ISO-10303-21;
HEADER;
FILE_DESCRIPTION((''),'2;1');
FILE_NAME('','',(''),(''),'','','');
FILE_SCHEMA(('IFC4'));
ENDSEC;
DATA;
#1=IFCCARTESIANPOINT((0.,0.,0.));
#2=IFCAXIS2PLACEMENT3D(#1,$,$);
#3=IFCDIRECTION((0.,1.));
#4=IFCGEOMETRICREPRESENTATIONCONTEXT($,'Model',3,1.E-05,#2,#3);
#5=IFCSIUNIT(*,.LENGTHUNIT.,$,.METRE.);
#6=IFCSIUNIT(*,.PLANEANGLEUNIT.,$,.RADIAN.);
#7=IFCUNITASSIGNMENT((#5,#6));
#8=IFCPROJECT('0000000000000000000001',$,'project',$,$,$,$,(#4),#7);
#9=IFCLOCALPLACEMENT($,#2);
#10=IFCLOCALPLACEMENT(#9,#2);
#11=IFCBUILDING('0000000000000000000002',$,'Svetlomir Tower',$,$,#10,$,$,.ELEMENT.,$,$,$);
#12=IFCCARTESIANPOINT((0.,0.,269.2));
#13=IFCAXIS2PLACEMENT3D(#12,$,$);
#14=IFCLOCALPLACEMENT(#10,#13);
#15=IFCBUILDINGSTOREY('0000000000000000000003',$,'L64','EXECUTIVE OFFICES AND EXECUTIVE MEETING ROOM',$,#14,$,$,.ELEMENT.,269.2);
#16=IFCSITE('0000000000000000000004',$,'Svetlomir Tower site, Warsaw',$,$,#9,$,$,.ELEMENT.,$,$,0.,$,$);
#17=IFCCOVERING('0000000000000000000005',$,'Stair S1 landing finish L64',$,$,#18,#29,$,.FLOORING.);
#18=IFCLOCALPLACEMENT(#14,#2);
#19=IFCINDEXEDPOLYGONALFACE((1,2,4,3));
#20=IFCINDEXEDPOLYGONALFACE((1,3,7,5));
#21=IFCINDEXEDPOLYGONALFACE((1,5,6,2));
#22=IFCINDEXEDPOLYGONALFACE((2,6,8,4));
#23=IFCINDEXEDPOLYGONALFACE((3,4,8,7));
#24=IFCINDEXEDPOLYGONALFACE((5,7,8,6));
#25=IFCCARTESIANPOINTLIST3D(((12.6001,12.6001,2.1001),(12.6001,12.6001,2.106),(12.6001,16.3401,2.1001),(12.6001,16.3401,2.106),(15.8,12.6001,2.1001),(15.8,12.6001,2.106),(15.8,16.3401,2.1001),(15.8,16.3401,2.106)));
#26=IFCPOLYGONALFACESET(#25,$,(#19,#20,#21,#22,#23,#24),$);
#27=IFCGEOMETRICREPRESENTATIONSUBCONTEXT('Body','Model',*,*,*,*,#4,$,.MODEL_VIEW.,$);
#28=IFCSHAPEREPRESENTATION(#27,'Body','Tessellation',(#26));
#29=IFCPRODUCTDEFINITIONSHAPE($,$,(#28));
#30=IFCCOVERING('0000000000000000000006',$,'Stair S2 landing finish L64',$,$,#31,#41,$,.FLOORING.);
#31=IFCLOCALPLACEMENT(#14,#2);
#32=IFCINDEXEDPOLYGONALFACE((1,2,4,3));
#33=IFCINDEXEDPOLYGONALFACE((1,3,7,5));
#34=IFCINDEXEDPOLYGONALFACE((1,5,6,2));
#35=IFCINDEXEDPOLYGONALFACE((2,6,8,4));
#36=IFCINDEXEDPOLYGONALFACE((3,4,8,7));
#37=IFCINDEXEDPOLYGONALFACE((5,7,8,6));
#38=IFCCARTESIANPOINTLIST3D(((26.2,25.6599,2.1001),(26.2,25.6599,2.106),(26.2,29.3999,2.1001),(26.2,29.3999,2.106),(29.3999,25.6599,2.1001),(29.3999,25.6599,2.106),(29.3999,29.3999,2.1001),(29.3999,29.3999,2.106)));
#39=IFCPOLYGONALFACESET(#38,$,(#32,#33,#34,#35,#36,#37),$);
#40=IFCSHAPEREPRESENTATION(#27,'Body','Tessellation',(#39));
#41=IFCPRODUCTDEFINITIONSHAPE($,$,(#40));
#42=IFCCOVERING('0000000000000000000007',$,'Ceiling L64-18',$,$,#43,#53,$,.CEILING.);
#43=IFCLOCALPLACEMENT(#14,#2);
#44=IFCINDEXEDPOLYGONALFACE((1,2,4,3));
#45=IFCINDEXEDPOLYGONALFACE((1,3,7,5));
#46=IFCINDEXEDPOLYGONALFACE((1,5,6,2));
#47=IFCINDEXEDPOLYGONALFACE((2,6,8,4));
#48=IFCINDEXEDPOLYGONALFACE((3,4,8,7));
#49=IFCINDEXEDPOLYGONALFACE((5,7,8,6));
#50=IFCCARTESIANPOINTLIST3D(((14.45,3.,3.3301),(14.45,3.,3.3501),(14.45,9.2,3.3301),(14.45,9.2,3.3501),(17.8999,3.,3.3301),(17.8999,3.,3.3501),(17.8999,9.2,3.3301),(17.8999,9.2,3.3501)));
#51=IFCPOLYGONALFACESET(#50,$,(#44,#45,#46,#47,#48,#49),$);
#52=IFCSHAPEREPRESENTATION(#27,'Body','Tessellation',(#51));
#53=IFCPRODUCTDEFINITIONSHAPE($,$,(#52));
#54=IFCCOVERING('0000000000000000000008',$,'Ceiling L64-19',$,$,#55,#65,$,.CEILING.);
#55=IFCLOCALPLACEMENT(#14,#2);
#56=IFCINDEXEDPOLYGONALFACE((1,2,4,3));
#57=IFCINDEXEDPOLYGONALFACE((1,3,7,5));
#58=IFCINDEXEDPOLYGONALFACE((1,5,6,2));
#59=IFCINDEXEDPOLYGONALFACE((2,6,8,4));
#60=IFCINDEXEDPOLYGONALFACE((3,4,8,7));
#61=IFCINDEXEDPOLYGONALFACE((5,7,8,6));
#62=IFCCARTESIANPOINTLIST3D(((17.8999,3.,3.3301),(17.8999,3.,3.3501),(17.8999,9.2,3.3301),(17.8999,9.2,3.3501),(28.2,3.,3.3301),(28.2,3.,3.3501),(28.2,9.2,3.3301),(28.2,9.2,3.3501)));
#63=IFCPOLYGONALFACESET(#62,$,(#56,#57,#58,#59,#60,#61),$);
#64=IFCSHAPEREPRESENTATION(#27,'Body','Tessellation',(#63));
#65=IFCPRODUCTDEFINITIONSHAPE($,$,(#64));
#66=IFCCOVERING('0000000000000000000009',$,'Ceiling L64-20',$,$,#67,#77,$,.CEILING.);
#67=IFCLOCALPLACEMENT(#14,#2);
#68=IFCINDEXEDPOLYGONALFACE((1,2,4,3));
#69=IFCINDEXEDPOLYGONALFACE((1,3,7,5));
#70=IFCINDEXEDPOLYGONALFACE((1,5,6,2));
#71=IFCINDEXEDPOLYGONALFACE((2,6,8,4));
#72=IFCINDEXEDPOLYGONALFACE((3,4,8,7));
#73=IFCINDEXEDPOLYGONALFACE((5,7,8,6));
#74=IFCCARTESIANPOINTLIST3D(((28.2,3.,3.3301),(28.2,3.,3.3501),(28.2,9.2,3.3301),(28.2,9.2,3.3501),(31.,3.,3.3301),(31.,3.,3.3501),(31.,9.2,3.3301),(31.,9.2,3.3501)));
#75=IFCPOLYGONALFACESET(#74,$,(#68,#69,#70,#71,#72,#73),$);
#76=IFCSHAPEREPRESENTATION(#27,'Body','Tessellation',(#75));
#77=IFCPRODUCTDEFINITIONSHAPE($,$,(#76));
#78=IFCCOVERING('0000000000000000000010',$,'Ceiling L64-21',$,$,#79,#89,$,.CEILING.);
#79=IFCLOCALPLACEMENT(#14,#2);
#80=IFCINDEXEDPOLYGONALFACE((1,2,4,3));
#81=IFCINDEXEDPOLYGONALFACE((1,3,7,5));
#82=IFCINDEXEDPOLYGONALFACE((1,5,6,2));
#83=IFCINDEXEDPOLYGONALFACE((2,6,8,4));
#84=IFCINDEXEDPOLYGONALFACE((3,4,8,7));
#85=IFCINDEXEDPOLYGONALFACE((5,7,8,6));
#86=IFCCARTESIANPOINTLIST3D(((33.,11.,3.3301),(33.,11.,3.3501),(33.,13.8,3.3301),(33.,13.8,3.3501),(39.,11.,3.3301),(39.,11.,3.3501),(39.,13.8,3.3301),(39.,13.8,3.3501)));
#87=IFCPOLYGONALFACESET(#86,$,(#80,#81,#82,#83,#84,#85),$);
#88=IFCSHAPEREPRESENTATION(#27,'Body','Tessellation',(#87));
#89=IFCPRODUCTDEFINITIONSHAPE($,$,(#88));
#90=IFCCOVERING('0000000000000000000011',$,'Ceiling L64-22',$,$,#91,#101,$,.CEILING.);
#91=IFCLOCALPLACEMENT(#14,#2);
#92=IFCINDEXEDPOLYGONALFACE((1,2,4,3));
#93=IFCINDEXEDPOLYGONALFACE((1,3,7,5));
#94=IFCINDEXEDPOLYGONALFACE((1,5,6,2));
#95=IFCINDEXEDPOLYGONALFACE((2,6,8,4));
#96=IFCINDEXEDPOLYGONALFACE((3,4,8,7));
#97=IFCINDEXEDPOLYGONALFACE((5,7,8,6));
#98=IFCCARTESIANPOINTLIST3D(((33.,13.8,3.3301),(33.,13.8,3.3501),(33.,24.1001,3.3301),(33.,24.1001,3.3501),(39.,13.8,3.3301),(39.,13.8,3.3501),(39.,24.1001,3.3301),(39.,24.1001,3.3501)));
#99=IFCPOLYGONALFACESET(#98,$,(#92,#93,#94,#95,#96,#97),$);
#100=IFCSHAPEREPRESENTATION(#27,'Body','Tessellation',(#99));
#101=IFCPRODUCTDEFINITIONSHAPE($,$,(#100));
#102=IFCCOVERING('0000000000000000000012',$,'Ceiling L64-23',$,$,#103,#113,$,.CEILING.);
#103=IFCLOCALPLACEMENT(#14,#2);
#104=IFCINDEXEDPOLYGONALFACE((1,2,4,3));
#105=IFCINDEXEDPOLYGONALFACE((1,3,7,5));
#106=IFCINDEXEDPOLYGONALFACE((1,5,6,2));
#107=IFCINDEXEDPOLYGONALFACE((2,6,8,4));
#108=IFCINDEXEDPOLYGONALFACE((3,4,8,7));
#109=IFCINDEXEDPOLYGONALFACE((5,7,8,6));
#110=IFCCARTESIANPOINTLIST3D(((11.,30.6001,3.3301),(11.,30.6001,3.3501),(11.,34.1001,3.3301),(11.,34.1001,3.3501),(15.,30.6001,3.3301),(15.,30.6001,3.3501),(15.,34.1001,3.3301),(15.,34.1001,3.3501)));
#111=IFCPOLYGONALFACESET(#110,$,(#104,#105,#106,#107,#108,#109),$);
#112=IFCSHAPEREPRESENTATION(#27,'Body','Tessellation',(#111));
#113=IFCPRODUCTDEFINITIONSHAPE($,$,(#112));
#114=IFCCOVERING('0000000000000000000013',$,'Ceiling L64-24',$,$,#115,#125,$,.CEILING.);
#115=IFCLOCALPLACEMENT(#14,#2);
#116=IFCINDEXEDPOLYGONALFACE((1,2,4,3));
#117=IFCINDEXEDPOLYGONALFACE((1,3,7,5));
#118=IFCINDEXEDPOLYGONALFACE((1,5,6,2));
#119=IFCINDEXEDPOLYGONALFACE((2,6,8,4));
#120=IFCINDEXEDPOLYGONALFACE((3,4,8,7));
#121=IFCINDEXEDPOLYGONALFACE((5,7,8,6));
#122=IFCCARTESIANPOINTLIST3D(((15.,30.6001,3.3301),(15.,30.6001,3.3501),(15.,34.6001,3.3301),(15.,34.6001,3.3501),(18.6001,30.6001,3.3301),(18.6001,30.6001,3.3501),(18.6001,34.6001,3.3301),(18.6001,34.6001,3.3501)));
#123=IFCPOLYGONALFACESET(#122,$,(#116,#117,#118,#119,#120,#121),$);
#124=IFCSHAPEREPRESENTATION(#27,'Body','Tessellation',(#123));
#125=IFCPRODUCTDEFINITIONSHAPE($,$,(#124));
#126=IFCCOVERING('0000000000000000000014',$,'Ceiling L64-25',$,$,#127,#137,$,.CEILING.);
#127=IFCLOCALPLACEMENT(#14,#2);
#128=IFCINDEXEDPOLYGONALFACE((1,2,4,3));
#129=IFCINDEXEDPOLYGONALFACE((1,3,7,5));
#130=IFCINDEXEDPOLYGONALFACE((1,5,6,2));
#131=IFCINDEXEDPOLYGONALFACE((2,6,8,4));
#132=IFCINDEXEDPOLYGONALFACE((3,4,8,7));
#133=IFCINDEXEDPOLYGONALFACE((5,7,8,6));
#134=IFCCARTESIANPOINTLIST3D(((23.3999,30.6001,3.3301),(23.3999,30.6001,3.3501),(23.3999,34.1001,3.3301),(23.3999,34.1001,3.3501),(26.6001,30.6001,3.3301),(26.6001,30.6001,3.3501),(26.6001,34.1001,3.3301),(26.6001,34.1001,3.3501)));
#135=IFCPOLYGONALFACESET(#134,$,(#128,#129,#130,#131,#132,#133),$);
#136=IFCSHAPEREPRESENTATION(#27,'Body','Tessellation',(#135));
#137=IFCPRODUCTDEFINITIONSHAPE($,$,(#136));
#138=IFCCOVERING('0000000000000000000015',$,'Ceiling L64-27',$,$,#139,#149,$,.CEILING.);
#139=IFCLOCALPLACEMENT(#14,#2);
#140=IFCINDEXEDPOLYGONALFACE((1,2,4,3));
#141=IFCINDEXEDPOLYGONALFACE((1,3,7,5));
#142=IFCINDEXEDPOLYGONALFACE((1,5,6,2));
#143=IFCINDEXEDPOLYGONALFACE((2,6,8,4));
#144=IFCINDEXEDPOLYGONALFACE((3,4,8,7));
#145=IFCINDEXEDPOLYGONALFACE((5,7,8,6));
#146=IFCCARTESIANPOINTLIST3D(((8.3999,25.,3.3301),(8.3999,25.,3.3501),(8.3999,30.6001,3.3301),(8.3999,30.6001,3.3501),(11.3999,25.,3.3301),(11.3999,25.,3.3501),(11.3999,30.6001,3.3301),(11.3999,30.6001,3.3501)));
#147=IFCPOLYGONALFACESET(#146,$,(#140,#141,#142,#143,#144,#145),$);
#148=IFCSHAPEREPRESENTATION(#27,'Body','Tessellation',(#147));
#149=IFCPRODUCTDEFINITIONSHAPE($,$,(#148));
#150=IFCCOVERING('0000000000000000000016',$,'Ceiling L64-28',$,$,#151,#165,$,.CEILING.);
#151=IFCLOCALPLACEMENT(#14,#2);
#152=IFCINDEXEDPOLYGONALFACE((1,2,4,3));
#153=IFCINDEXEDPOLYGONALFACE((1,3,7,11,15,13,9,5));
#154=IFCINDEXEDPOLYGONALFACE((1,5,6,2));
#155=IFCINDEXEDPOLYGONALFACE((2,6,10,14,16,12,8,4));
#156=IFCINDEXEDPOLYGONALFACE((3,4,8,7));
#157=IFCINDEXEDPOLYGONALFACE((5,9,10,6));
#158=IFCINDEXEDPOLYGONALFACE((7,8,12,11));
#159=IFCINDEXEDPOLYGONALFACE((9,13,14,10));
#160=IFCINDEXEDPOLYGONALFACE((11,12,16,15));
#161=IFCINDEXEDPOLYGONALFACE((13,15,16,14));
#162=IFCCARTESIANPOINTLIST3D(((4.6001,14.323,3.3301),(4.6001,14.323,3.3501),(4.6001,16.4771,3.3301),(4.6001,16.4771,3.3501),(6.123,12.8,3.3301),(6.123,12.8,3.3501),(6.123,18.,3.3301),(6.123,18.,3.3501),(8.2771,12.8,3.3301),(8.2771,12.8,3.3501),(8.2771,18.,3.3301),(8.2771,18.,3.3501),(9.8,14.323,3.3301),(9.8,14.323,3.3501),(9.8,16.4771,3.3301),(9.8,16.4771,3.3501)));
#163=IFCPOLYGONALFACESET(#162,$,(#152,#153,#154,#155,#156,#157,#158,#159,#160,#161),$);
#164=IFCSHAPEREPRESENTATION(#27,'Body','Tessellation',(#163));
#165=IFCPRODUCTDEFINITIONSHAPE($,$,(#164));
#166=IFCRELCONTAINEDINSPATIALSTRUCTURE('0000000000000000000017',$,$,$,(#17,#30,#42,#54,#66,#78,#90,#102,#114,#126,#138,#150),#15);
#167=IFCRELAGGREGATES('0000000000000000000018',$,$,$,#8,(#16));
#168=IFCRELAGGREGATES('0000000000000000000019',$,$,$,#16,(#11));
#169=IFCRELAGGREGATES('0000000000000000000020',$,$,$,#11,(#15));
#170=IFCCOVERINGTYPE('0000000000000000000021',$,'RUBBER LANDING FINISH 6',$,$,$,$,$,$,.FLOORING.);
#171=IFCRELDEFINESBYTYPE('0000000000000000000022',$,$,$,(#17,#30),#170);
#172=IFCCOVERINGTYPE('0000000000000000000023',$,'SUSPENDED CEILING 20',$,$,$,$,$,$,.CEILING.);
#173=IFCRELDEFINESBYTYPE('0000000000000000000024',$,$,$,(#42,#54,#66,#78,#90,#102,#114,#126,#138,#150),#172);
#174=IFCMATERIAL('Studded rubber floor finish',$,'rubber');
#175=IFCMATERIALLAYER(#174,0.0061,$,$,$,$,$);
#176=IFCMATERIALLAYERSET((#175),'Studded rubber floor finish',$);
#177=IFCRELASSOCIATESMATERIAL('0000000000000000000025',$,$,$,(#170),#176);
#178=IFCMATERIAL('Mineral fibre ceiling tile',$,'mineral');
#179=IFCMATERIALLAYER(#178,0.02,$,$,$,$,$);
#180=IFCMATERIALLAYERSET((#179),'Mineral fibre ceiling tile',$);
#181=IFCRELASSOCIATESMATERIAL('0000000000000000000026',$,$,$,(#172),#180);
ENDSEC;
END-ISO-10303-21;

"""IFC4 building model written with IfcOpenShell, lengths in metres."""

from ifc_helpers import new_model, si_unit, direction, frame, origin, place, context, subcontext, project, spatial, polyline, outline, extrude, material, layer, layer_set, type_object, element, save


model = new_model("IFC4")

# Units and contexts
model_context = context("Model", 3, precision=1e-05, world=origin(), true_north=direction((0.0, 1.0)))
body_context = subcontext(model_context, "Body", "Model", "MODEL_VIEW")
ifc_project = project(units=[si_unit("LENGTHUNIT", "METRE"), si_unit("PLANEANGLEUNIT", "RADIAN")], contexts=[model_context])

# Site, building, storey
site_placement = place(None, origin())
site = spatial("IfcSite", under=ifc_project, at=site_placement, Name="Svetlomir Tower site, Warsaw", CompositionType="ELEMENT", RefElevation=0.0)
building_placement = place(site_placement, origin())
building = spatial("IfcBuilding", under=site, at=building_placement, Name="Svetlomir Tower", CompositionType="ELEMENT")
storey_placement = place(building_placement, frame((0.0, 0.0, 269.2)))
storey = spatial("IfcBuildingStorey", under=building, at=storey_placement, Name="L64", Description="EXECUTIVE OFFICES AND EXECUTIVE MEETING ROOM", CompositionType="ELEMENT", Elevation=269.2)

# Coverings
ifc_material_1 = material(Name="Studded rubber floor finish", Category="rubber")
ifc_layer_1 = layer(ifc_material_1, 0.0061)
ifc_layer_set_1 = layer_set([ifc_layer_1], Name="Studded rubber floor finish")
covering_type_1 = type_object("IfcCoveringType", Name="RUBBER LANDING FINISH 6", PredefinedType="FLOORING", material=ifc_layer_set_1)
covering_1_placement = place(storey_placement, frame((0.0, 0.0, 2.1001)))
element("IfcCovering", 1, at=covering_1_placement, inside=storey, type_object=covering_type_1, Name="Stair S1 landing finish L64", PredefinedType="FLOORING", context=body_context, shape_type="SweptSolid", body=[
    extrude(outline(polyline([(12.6001, 12.6001), (15.8, 12.6001), (15.8, 16.3401), (12.6001, 16.3401), (12.6001, 12.6001)])), origin(), (0.0, 0.0, 1.0), 0.0059),
])
covering_2_placement = place(storey_placement, frame((0.0, 0.0, 2.1001)))
element("IfcCovering", 2, at=covering_2_placement, inside=storey, type_object=covering_type_1, Name="Stair S2 landing finish L64", PredefinedType="FLOORING", context=body_context, shape_type="SweptSolid", body=[
    extrude(outline(polyline([(26.2, 25.6599), (29.3999, 25.6599), (29.3999, 29.3999), (26.2, 29.3999), (26.2, 25.6599)])), origin(), (0.0, 0.0, 1.0), 0.0059),
])
ifc_material_2 = material(Name="Mineral fibre ceiling tile", Category="mineral")
ifc_layer_2 = layer(ifc_material_2, 0.02)
ifc_layer_set_2 = layer_set([ifc_layer_2], Name="Mineral fibre ceiling tile")
covering_type_2 = type_object("IfcCoveringType", Name="SUSPENDED CEILING 20", PredefinedType="CEILING", material=ifc_layer_set_2)
covering_3_placement = place(storey_placement, frame((0.0, 0.0, 3.3301)))
element("IfcCovering", 3, at=covering_3_placement, inside=storey, type_object=covering_type_2, Name="Ceiling L64-18", PredefinedType="CEILING", context=body_context, shape_type="SweptSolid", body=[
    extrude(outline(polyline([(14.45, 3.0), (17.8999, 3.0), (17.8999, 9.2), (14.45, 9.2), (14.45, 3.0)])), origin(), (0.0, 0.0, 1.0), 0.02),
])
covering_4_placement = place(storey_placement, frame((0.0, 0.0, 3.3301)))
element("IfcCovering", 4, at=covering_4_placement, inside=storey, type_object=covering_type_2, Name="Ceiling L64-19", PredefinedType="CEILING", context=body_context, shape_type="SweptSolid", body=[
    extrude(outline(polyline([(17.8999, 3.0), (28.2, 3.0), (28.2, 9.2), (17.8999, 9.2), (17.8999, 3.0)])), origin(), (0.0, 0.0, 1.0), 0.02),
])
covering_5_placement = place(storey_placement, frame((0.0, 0.0, 3.3301)))
element("IfcCovering", 5, at=covering_5_placement, inside=storey, type_object=covering_type_2, Name="Ceiling L64-20", PredefinedType="CEILING", context=body_context, shape_type="SweptSolid", body=[
    extrude(outline(polyline([(28.2, 3.0), (31.0, 3.0), (31.0, 9.2), (28.2, 9.2), (28.2, 3.0)])), origin(), (0.0, 0.0, 1.0), 0.02),
])
covering_6_placement = place(storey_placement, frame((0.0, 0.0, 3.3301)))
element("IfcCovering", 6, at=covering_6_placement, inside=storey, type_object=covering_type_2, Name="Ceiling L64-21", PredefinedType="CEILING", context=body_context, shape_type="SweptSolid", body=[
    extrude(outline(polyline([(33.0, 11.0), (39.0, 11.0), (39.0, 13.8), (33.0, 13.8), (33.0, 11.0)])), origin(), (0.0, 0.0, 1.0), 0.02),
])
covering_7_placement = place(storey_placement, frame((0.0, 0.0, 3.3301)))
element("IfcCovering", 7, at=covering_7_placement, inside=storey, type_object=covering_type_2, Name="Ceiling L64-22", PredefinedType="CEILING", context=body_context, shape_type="SweptSolid", body=[
    extrude(outline(polyline([(33.0, 13.8), (39.0, 13.8), (39.0, 24.1001), (33.0, 24.1001), (33.0, 13.8)])), origin(), (0.0, 0.0, 1.0), 0.02),
])
covering_8_placement = place(storey_placement, frame((0.0, 0.0, 3.3301)))
element("IfcCovering", 8, at=covering_8_placement, inside=storey, type_object=covering_type_2, Name="Ceiling L64-23", PredefinedType="CEILING", context=body_context, shape_type="SweptSolid", body=[
    extrude(outline(polyline([(11.0, 30.6001), (15.0, 30.6001), (15.0, 34.1001), (11.0, 34.1001), (11.0, 30.6001)])), origin(), (0.0, 0.0, 1.0), 0.02),
])
covering_9_placement = place(storey_placement, frame((0.0, 0.0, 3.3301)))
element("IfcCovering", 9, at=covering_9_placement, inside=storey, type_object=covering_type_2, Name="Ceiling L64-24", PredefinedType="CEILING", context=body_context, shape_type="SweptSolid", body=[
    extrude(outline(polyline([(15.0, 30.6001), (18.6001, 30.6001), (18.6001, 34.6001), (15.0, 34.6001), (15.0, 30.6001)])), origin(), (0.0, 0.0, 1.0), 0.02),
])
covering_10_placement = place(storey_placement, frame((0.0, 0.0, 3.3301)))
element("IfcCovering", 10, at=covering_10_placement, inside=storey, type_object=covering_type_2, Name="Ceiling L64-25", PredefinedType="CEILING", context=body_context, shape_type="SweptSolid", body=[
    extrude(outline(polyline([(23.3999, 30.6001), (26.6001, 30.6001), (26.6001, 34.1001), (23.3999, 34.1001), (23.3999, 30.6001)])), origin(), (0.0, 0.0, 1.0), 0.02),
])
covering_11_placement = place(storey_placement, frame((0.0, 0.0, 3.3301)))
element("IfcCovering", 11, at=covering_11_placement, inside=storey, type_object=covering_type_2, Name="Ceiling L64-27", PredefinedType="CEILING", context=body_context, shape_type="SweptSolid", body=[
    extrude(outline(polyline([(8.3999, 25.0), (11.3999, 25.0), (11.3999, 30.6001), (8.3999, 30.6001), (8.3999, 25.0)])), origin(), (0.0, 0.0, 1.0), 0.02),
])
covering_12_placement = place(storey_placement, frame((0.0, 0.0, 3.3301)))
element("IfcCovering", 12, at=covering_12_placement, inside=storey, type_object=covering_type_2, Name="Ceiling L64-28", PredefinedType="CEILING", context=body_context, shape_type="SweptSolid", body=[
    extrude(outline(polyline([(6.123, 12.8), (8.2771, 12.8), (9.8, 14.323), (9.8, 16.4771), (8.2771, 18.0), (6.123, 18.0), (4.6001, 16.4771), (4.6001, 14.323), (6.123, 12.8)])), origin(), (0.0, 0.0, 1.0), 0.02),
])

save(model, "model.ifc")
